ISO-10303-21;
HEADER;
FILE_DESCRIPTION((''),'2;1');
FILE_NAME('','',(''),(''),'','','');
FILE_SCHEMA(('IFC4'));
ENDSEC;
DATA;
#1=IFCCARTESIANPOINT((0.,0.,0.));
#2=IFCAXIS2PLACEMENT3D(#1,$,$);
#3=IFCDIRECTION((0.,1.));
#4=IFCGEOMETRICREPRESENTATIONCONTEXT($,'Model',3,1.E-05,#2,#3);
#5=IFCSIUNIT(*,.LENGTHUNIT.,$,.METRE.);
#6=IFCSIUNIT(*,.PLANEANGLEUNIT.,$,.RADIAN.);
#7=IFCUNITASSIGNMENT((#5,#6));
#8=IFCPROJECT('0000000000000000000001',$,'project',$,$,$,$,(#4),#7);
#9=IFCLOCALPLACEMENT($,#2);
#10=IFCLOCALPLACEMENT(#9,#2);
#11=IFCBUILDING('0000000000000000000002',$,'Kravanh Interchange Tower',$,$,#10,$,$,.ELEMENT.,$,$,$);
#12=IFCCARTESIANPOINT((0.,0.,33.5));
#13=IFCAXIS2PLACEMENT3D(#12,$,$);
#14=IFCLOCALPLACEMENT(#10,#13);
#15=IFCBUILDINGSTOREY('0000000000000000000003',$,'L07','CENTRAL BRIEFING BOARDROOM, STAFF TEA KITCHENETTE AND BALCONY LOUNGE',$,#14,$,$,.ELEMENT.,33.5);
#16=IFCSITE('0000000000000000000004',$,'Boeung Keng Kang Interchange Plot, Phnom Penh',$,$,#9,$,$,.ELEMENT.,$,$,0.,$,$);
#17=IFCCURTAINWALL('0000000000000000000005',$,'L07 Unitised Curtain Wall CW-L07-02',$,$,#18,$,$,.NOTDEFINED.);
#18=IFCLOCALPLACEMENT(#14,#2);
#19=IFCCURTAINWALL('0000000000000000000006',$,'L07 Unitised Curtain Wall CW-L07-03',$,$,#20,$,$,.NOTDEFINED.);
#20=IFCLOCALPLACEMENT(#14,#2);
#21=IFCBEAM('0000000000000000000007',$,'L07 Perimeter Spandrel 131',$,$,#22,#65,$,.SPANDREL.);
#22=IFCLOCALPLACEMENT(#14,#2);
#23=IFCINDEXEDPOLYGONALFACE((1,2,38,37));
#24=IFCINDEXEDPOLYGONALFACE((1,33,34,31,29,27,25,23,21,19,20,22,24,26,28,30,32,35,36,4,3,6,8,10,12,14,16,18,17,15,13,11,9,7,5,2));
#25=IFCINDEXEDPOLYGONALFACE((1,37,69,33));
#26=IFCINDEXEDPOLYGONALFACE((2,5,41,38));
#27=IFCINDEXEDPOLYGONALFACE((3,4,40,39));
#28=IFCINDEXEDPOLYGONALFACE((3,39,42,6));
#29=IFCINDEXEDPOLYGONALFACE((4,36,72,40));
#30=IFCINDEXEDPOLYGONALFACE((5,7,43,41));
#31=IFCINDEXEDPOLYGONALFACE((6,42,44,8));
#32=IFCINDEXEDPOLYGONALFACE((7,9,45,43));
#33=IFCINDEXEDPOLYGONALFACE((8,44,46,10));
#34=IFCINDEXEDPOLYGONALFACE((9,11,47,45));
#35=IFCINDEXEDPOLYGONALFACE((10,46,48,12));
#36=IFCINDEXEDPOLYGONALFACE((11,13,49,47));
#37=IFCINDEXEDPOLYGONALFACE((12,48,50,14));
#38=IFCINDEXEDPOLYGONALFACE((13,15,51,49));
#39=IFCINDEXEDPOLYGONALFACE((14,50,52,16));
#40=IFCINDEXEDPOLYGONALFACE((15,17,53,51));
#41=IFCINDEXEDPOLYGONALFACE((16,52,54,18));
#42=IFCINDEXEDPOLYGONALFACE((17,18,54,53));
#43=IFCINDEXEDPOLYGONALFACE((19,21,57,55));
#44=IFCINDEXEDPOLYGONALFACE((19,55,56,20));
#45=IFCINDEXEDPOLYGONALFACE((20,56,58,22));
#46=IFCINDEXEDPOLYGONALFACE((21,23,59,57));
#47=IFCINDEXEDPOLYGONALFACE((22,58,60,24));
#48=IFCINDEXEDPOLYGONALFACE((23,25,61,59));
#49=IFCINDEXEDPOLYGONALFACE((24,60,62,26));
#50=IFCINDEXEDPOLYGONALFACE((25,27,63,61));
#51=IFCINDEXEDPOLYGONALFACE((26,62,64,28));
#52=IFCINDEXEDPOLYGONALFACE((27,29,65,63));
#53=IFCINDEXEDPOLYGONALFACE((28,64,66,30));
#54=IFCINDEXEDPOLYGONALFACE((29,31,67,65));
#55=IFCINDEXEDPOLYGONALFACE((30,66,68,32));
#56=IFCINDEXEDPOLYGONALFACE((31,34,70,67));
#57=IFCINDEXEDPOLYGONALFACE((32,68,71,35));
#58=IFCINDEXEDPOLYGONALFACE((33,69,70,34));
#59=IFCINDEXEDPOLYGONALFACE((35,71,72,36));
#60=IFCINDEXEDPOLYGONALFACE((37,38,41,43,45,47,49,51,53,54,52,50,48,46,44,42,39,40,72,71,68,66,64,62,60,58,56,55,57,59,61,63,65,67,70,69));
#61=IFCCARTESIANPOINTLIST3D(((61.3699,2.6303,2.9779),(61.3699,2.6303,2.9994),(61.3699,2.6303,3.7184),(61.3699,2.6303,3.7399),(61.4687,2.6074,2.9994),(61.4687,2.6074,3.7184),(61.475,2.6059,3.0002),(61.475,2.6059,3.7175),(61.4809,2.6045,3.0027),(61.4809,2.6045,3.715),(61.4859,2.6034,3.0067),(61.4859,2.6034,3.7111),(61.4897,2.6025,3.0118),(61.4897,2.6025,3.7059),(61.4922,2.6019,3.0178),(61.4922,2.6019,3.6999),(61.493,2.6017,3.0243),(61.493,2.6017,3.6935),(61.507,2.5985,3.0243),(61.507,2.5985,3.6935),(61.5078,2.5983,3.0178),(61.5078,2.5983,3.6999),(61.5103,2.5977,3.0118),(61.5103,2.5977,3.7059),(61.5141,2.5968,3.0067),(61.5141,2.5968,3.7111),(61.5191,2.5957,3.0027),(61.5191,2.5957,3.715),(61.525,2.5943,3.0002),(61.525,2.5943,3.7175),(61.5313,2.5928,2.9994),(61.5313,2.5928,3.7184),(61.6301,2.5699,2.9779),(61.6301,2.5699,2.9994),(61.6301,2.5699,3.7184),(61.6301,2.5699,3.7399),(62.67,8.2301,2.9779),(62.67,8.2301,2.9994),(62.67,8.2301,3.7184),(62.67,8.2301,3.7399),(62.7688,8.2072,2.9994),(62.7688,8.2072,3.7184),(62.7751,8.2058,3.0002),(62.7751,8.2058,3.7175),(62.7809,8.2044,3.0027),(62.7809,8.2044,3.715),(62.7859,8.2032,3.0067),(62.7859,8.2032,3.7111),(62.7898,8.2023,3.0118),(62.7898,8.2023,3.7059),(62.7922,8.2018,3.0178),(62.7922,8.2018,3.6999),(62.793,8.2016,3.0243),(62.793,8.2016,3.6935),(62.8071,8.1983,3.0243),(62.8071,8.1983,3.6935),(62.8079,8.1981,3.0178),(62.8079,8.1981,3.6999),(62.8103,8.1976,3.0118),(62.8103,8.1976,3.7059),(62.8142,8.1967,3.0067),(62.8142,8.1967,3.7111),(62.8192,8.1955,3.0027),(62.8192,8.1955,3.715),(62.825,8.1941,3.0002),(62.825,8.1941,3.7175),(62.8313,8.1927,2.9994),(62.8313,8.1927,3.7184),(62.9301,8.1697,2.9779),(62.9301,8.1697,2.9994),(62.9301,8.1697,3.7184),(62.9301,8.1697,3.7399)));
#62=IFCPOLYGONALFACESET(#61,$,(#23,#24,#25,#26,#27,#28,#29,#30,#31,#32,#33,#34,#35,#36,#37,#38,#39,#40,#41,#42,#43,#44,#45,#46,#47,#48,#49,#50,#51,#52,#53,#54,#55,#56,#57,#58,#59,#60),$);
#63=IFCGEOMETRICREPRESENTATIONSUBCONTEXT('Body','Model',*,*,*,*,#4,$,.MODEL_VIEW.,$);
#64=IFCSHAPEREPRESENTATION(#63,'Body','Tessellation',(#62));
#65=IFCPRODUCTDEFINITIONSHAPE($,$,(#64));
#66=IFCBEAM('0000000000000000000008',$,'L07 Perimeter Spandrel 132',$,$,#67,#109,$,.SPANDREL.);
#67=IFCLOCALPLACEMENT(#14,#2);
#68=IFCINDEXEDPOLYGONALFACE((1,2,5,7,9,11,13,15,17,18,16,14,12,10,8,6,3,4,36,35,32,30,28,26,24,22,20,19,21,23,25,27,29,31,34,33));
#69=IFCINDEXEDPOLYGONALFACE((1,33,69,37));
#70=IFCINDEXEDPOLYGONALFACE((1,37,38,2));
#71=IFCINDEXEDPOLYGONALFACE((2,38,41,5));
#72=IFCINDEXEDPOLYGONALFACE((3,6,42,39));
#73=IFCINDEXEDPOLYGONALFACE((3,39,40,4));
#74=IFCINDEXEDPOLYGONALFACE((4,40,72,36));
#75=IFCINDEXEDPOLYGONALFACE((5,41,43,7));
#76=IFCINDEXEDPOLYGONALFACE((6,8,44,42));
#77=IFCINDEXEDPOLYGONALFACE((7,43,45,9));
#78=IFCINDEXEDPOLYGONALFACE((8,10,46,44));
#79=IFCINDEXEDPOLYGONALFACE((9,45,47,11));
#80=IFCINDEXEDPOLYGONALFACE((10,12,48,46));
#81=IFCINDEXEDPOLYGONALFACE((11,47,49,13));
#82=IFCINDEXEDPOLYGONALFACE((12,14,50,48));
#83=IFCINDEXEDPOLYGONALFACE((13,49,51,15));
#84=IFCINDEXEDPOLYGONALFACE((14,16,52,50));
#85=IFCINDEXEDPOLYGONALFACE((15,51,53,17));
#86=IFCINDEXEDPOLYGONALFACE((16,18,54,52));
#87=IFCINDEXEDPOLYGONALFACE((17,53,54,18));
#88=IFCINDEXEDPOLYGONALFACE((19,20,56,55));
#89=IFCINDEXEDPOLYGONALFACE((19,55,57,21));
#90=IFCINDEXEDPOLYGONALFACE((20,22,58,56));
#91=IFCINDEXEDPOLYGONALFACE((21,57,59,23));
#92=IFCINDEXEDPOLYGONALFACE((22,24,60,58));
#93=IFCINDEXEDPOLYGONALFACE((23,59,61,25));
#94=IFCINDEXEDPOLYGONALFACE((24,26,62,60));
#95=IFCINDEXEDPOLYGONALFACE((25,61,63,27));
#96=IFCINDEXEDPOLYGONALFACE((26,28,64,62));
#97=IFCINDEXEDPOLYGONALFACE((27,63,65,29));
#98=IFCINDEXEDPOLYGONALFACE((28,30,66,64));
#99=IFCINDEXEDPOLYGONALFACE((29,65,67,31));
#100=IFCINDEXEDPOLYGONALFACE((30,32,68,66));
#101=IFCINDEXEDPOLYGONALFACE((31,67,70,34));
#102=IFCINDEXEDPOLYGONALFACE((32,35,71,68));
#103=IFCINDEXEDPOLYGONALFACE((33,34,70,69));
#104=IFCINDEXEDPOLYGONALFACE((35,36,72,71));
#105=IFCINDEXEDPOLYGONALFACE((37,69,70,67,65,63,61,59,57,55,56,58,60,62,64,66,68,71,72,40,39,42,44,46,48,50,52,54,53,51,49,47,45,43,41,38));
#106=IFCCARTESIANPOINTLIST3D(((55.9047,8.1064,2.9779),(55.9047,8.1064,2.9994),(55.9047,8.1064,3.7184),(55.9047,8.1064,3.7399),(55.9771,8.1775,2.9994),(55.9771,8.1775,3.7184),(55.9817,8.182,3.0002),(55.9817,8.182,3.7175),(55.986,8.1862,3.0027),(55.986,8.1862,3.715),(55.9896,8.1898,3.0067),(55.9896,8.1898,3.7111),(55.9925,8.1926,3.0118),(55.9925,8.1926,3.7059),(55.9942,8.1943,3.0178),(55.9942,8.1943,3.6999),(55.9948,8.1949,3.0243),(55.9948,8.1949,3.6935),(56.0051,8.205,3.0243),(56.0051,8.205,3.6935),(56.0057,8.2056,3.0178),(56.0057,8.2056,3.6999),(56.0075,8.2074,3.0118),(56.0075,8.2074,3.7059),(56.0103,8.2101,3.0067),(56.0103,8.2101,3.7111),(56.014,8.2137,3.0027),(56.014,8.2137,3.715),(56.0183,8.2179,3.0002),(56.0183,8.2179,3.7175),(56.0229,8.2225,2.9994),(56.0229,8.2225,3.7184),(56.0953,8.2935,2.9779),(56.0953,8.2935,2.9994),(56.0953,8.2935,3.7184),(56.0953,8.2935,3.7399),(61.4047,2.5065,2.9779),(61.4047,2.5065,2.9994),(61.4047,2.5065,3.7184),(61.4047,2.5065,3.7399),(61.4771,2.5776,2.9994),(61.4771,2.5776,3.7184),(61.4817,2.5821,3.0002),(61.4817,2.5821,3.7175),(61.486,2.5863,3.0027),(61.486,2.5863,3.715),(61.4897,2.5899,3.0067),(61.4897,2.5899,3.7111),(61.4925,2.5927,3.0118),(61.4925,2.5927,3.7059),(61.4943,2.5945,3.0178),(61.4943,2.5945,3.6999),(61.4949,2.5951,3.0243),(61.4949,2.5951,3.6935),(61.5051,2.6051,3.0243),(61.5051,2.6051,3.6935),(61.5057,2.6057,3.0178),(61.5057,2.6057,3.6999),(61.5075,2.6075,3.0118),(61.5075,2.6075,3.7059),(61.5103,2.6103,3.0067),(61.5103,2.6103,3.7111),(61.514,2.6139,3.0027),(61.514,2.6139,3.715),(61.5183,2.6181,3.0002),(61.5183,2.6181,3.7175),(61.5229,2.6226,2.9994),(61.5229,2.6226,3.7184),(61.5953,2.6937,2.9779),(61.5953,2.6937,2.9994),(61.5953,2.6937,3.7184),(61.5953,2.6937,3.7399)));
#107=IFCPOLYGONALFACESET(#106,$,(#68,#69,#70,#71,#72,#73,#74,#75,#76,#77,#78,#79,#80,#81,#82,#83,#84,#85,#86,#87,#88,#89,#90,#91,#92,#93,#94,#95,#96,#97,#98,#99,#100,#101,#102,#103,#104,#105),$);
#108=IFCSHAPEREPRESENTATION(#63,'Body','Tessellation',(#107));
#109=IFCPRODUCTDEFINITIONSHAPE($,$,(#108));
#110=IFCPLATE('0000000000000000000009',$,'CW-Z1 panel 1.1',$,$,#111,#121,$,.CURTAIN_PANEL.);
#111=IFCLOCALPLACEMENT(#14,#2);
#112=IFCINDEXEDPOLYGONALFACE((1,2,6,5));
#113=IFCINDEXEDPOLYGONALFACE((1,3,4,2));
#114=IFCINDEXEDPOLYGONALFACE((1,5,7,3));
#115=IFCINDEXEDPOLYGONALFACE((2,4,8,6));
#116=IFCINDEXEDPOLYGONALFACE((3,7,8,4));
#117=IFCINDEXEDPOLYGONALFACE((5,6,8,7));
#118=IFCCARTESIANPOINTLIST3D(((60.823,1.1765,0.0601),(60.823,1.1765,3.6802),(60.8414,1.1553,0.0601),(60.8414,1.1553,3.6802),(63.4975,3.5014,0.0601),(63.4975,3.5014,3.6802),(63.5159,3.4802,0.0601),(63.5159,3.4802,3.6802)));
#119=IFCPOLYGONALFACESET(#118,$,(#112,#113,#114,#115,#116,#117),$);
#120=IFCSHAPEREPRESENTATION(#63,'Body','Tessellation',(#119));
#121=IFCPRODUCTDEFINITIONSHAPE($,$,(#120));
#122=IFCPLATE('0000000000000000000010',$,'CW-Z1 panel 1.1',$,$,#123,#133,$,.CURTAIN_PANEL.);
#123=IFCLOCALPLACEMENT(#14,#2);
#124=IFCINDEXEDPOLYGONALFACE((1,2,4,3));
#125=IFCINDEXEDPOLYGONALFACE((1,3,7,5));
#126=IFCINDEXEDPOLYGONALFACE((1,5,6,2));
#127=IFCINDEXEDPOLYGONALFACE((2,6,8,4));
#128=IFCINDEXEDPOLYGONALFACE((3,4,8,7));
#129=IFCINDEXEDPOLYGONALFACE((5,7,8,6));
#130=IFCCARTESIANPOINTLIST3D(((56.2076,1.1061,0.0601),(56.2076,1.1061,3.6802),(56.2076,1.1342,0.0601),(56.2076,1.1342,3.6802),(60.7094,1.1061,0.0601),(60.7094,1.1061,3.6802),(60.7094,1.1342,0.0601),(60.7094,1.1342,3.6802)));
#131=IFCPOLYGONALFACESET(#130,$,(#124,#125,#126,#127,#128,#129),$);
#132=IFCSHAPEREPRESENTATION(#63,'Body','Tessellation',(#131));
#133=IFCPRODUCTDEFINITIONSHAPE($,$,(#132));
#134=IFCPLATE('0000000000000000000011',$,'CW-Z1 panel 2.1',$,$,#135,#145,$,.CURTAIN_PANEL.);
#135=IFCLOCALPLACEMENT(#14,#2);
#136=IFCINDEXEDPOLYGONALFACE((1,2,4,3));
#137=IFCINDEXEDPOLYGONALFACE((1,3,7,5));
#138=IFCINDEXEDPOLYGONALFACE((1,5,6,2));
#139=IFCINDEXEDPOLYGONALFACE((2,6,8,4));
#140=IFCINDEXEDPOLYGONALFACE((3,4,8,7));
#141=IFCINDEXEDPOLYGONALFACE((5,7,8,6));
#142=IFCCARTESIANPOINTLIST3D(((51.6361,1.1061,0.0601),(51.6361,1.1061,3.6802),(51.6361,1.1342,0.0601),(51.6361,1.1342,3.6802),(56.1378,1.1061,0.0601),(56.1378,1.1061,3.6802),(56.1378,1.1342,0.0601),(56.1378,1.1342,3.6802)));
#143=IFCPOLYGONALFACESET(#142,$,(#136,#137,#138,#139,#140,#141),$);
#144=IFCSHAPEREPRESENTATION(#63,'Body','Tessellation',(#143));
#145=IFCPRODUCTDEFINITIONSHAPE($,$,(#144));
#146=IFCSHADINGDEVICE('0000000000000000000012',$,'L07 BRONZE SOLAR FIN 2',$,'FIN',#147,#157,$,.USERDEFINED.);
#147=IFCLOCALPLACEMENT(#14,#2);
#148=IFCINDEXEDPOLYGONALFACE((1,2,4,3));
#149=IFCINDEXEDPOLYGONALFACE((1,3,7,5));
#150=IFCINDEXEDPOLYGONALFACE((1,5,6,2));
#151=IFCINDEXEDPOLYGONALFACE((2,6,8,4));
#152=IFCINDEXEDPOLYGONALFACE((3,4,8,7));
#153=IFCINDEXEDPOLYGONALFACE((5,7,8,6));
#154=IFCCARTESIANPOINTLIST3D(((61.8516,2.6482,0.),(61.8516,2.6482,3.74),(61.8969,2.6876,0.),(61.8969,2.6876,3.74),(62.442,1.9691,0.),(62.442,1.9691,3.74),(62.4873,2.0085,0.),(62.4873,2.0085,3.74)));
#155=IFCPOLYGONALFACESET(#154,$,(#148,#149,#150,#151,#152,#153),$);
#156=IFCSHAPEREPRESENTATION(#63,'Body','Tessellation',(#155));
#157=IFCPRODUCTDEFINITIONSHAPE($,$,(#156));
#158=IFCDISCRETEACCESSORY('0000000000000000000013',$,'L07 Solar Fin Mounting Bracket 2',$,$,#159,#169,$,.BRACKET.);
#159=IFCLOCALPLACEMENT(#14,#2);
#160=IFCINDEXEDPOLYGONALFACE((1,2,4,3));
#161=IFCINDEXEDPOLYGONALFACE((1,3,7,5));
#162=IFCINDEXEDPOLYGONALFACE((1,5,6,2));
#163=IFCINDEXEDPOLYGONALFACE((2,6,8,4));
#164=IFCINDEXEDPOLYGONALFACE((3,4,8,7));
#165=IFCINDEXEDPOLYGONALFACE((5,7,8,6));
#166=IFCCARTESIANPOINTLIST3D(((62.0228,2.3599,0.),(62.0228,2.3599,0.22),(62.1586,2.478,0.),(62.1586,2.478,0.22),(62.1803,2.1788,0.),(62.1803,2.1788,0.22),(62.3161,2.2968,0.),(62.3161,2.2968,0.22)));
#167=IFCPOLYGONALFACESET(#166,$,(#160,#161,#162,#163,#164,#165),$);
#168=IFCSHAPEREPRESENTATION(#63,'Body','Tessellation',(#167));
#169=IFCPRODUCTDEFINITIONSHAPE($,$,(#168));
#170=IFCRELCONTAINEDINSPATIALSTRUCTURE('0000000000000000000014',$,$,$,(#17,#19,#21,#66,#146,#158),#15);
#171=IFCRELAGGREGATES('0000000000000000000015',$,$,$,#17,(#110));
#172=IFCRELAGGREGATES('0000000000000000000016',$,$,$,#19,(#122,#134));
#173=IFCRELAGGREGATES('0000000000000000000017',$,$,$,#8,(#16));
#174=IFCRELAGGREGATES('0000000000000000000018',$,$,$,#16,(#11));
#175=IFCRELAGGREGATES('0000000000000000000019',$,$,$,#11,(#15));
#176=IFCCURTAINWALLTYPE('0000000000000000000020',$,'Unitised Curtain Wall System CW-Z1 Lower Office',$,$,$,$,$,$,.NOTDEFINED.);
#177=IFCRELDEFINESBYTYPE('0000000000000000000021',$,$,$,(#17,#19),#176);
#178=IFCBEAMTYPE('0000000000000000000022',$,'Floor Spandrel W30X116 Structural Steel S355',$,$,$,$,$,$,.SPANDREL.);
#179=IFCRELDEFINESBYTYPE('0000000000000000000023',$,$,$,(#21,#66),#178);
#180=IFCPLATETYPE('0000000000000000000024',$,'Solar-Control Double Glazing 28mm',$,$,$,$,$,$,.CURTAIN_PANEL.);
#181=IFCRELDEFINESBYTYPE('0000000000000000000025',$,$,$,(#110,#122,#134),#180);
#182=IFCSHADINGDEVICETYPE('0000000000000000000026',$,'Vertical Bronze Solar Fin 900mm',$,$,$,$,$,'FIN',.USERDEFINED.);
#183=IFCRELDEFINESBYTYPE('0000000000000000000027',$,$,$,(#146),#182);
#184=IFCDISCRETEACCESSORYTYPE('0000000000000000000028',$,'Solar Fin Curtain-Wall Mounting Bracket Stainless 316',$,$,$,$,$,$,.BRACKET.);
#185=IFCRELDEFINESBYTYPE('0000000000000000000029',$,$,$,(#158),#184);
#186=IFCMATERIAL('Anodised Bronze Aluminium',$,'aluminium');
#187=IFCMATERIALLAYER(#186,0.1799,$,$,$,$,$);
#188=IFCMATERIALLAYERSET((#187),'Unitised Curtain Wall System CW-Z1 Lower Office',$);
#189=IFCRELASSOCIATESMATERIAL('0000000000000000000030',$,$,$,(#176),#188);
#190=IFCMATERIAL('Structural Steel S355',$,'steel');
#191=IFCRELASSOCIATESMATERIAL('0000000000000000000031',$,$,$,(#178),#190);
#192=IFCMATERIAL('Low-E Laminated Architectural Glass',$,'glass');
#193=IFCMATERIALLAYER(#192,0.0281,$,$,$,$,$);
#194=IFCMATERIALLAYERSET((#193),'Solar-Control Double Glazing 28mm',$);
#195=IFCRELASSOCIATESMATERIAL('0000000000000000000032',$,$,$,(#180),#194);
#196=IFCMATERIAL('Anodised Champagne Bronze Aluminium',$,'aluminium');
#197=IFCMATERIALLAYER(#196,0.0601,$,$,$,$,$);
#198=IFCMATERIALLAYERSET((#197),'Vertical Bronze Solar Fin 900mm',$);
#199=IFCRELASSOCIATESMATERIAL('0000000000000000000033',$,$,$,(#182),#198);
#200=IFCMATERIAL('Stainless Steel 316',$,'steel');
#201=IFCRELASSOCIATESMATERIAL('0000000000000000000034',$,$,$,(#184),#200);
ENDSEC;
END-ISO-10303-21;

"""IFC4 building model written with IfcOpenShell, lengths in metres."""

from ifc_helpers import new_model, si_unit, direction, frame, origin, origin_2d, place, context, subcontext, project, spatial, rectangle, i_section, extrude, material, layer, layer_set, material_profile, profile_set, type_object, element, aggregate, save


model = new_model("IFC4")

# Units and contexts
model_context = context("Model", 3, precision=1e-05, world=origin(), true_north=direction((0.0, 1.0)))
body_context = subcontext(model_context, "Body", "Model", "MODEL_VIEW")
ifc_project = project(units=[si_unit("LENGTHUNIT", "METRE"), si_unit("PLANEANGLEUNIT", "RADIAN")], contexts=[model_context])

# Site, building, storey
site_placement = place(None, origin())
site = spatial("IfcSite", under=ifc_project, at=site_placement, Name="Boeung Keng Kang Interchange Plot, Phnom Penh", CompositionType="ELEMENT", RefElevation=0.0)
building_placement = place(site_placement, origin())
building = spatial("IfcBuilding", under=site, at=building_placement, Name="Kravanh Interchange Tower", CompositionType="ELEMENT")
storey_placement = place(building_placement, frame((0.0, 0.0, 33.5)))
storey = spatial("IfcBuildingStorey", under=building, at=storey_placement, Name="L07", Description="CENTRAL BRIEFING BOARDROOM, STAFF TEA KITCHENETTE AND BALCONY LOUNGE", CompositionType="ELEMENT", Elevation=33.5)

# Curtain walls
ifc_material_1 = material(Name="Anodised Bronze Aluminium", Category="aluminium")
ifc_layer_1 = layer(ifc_material_1, 0.1799)
ifc_layer_set_1 = layer_set([ifc_layer_1], Name="Unitised Curtain Wall System CW-Z1 Lower Office")
curtain_wall_type = type_object("IfcCurtainWallType", Name="Unitised Curtain Wall System CW-Z1 Lower Office", PredefinedType="NOTDEFINED", material=ifc_layer_set_1)
curtain_wall_1_placement = place(storey_placement, origin())
curtain_wall_1 = element("IfcCurtainWall", 1, at=curtain_wall_1_placement, inside=storey, type_object=curtain_wall_type, Name="L07 Unitised Curtain Wall CW-L07-02", PredefinedType="NOTDEFINED")
curtain_wall_2_placement = place(storey_placement, origin())
curtain_wall_2 = element("IfcCurtainWall", 2, at=curtain_wall_2_placement, inside=storey, type_object=curtain_wall_type, Name="L07 Unitised Curtain Wall CW-L07-03", PredefinedType="NOTDEFINED")

# Beams
ifc_material_2 = material(Name="Structural Steel S355", Category="steel")
ifc_material_profile_1 = material_profile(ifc_material_2, i_section(OverallWidth=0.2671, OverallDepth=0.762, WebThickness=0.0144, FlangeThickness=0.0215, FilletRadius=0.0249, at=origin_2d()), Name="W30X116")
ifc_profile_set_1 = profile_set([ifc_material_profile_1], Name="Structural Steel S355")
beam_type_1 = type_object("IfcBeamType", Name="Floor Spandrel W30X116 Structural Steel S355", PredefinedType="SPANDREL", material=ifc_profile_set_1)
beam_1_placement = place(storey_placement, frame((61.5, 2.6001, 3.3589), z_axis=(0.226143, 0.974094, 0.0), x_axis=(-0.974094, 0.226143, 0.0)))
element("IfcBeam", 3, at=beam_1_placement, inside=storey, type_object=beam_type_1, Name="L07 Perimeter Spandrel 131", PredefinedType="SPANDREL", context=body_context, shape_type="SweptSolid", body=[
    extrude(i_section(OverallWidth=0.2671, OverallDepth=0.762, WebThickness=0.0144, FlangeThickness=0.0215, FilletRadius=0.0249, at=origin_2d()), origin(), (0.0, 0.0, 1.0), 5.7488),
])
beam_2_placement = place(storey_placement, frame((61.5, 2.6001, 3.3589), z_axis=(-0.700717, 0.713439, 0.0), x_axis=(-0.713439, -0.700717, 0.0)))
element("IfcBeam", 4, at=beam_2_placement, inside=storey, type_object=beam_type_1, Name="L07 Perimeter Spandrel 132", PredefinedType="SPANDREL", context=body_context, shape_type="SweptSolid", body=[
    extrude(i_section(OverallWidth=0.2671, OverallDepth=0.762, WebThickness=0.0144, FlangeThickness=0.0215, FilletRadius=0.0249, at=origin_2d()), origin(), (0.0, 0.0, 1.0), 7.8491),
])

# Plates
ifc_material_3 = material(Name="Low-E Laminated Architectural Glass", Category="glass")
ifc_layer_2 = layer(ifc_material_3, 0.0281)
ifc_layer_set_2 = layer_set([ifc_layer_2], Name="Solar-Control Double Glazing 28mm")
plate_type = type_object("IfcPlateType", Name="Solar-Control Double Glazing 28mm", PredefinedType="CURTAIN_PANEL", material=ifc_layer_set_2)
plate_1_placement = place(storey_placement, frame((62.1694, 2.3284, 0.0601), z_axis=(0.0, 0.0, 1.0), x_axis=(-0.754708, -0.65606, 0.0)))
plate_1 = element("IfcPlate", 5, at=plate_1_placement, type_object=plate_type, Name="CW-Z1 panel 1.1", PredefinedType="CURTAIN_PANEL", context=body_context, shape_type="SweptSolid", body=[
    extrude(rectangle(XDim=3.5437, YDim=0.0281, at=origin_2d()), origin(), (0.0, 0.0, 1.0), 3.6201),
])
aggregate(curtain_wall_1, [plate_1])
plate_2_placement = place(storey_placement, frame((58.4585, 1.1201, 0.0601), z_axis=(0.0, 0.0, 1.0), x_axis=(-1.0, 0.0, 0.0)))
plate_2 = element("IfcPlate", 6, at=plate_2_placement, type_object=plate_type, Name="CW-Z1 panel 1.1", PredefinedType="CURTAIN_PANEL", context=body_context, shape_type="SweptSolid", body=[
    extrude(rectangle(XDim=4.5017, YDim=0.0281, at=origin_2d()), origin(), (0.0, 0.0, 1.0), 3.6201),
])
plate_3_placement = place(storey_placement, frame((53.887, 1.1201, 0.0601), z_axis=(0.0, 0.0, 1.0), x_axis=(-1.0, 0.0, 0.0)))
plate_3 = element("IfcPlate", 7, at=plate_3_placement, type_object=plate_type, Name="CW-Z1 panel 2.1", PredefinedType="CURTAIN_PANEL", context=body_context, shape_type="SweptSolid", body=[
    extrude(rectangle(XDim=4.5017, YDim=0.0281, at=origin_2d()), origin(), (0.0, 0.0, 1.0), 3.6201),
])
aggregate(curtain_wall_2, [plate_2, plate_3])

# Shading device
ifc_material_4 = material(Name="Anodised Champagne Bronze Aluminium", Category="aluminium")
ifc_layer_3 = layer(ifc_material_4, 0.0601)
ifc_layer_set_3 = layer_set([ifc_layer_3], Name="Vertical Bronze Solar Fin 900mm")
shading_device_type = type_object("IfcShadingDeviceType", Name="Vertical Bronze Solar Fin 900mm", ElementType="FIN", PredefinedType="USERDEFINED", material=ifc_layer_set_3)
shading_device_placement = place(storey_placement, frame((62.1694, 2.3284, 0.0), z_axis=(0.0, 0.0, 1.0), x_axis=(0.656068, -0.754702, 0.0)))
element("IfcShadingDevice", 8, at=shading_device_placement, inside=storey, type_object=shading_device_type, Name="L07 BRONZE SOLAR FIN 2", ObjectType="FIN", PredefinedType="USERDEFINED", context=body_context, shape_type="SweptSolid", body=[
    extrude(rectangle(XDim=0.8999, YDim=0.0601, at=origin_2d()), origin(), (0.0, 0.0, 1.0), 3.74),
])

# Discrete accessory
ifc_material_5 = material(Name="Stainless Steel 316", Category="steel")
discrete_accessory_type = type_object("IfcDiscreteAccessoryType", Name="Solar Fin Curtain-Wall Mounting Bracket Stainless 316", PredefinedType="BRACKET", material=ifc_material_5)
discrete_accessory_placement = place(storey_placement, frame((62.1694, 2.3284, 0.0), z_axis=(0.0, 0.0, 1.0), x_axis=(0.656068, -0.754702, 0.0)))
element("IfcDiscreteAccessory", 9, at=discrete_accessory_placement, inside=storey, type_object=discrete_accessory_type, Name="L07 Solar Fin Mounting Bracket 2", PredefinedType="BRACKET", context=body_context, shape_type="SweptSolid", body=[
    extrude(rectangle(XDim=0.24, YDim=0.1799, at=origin_2d()), origin(), (0.0, 0.0, 1.0), 0.22),
])

save(model, "model.ifc")
